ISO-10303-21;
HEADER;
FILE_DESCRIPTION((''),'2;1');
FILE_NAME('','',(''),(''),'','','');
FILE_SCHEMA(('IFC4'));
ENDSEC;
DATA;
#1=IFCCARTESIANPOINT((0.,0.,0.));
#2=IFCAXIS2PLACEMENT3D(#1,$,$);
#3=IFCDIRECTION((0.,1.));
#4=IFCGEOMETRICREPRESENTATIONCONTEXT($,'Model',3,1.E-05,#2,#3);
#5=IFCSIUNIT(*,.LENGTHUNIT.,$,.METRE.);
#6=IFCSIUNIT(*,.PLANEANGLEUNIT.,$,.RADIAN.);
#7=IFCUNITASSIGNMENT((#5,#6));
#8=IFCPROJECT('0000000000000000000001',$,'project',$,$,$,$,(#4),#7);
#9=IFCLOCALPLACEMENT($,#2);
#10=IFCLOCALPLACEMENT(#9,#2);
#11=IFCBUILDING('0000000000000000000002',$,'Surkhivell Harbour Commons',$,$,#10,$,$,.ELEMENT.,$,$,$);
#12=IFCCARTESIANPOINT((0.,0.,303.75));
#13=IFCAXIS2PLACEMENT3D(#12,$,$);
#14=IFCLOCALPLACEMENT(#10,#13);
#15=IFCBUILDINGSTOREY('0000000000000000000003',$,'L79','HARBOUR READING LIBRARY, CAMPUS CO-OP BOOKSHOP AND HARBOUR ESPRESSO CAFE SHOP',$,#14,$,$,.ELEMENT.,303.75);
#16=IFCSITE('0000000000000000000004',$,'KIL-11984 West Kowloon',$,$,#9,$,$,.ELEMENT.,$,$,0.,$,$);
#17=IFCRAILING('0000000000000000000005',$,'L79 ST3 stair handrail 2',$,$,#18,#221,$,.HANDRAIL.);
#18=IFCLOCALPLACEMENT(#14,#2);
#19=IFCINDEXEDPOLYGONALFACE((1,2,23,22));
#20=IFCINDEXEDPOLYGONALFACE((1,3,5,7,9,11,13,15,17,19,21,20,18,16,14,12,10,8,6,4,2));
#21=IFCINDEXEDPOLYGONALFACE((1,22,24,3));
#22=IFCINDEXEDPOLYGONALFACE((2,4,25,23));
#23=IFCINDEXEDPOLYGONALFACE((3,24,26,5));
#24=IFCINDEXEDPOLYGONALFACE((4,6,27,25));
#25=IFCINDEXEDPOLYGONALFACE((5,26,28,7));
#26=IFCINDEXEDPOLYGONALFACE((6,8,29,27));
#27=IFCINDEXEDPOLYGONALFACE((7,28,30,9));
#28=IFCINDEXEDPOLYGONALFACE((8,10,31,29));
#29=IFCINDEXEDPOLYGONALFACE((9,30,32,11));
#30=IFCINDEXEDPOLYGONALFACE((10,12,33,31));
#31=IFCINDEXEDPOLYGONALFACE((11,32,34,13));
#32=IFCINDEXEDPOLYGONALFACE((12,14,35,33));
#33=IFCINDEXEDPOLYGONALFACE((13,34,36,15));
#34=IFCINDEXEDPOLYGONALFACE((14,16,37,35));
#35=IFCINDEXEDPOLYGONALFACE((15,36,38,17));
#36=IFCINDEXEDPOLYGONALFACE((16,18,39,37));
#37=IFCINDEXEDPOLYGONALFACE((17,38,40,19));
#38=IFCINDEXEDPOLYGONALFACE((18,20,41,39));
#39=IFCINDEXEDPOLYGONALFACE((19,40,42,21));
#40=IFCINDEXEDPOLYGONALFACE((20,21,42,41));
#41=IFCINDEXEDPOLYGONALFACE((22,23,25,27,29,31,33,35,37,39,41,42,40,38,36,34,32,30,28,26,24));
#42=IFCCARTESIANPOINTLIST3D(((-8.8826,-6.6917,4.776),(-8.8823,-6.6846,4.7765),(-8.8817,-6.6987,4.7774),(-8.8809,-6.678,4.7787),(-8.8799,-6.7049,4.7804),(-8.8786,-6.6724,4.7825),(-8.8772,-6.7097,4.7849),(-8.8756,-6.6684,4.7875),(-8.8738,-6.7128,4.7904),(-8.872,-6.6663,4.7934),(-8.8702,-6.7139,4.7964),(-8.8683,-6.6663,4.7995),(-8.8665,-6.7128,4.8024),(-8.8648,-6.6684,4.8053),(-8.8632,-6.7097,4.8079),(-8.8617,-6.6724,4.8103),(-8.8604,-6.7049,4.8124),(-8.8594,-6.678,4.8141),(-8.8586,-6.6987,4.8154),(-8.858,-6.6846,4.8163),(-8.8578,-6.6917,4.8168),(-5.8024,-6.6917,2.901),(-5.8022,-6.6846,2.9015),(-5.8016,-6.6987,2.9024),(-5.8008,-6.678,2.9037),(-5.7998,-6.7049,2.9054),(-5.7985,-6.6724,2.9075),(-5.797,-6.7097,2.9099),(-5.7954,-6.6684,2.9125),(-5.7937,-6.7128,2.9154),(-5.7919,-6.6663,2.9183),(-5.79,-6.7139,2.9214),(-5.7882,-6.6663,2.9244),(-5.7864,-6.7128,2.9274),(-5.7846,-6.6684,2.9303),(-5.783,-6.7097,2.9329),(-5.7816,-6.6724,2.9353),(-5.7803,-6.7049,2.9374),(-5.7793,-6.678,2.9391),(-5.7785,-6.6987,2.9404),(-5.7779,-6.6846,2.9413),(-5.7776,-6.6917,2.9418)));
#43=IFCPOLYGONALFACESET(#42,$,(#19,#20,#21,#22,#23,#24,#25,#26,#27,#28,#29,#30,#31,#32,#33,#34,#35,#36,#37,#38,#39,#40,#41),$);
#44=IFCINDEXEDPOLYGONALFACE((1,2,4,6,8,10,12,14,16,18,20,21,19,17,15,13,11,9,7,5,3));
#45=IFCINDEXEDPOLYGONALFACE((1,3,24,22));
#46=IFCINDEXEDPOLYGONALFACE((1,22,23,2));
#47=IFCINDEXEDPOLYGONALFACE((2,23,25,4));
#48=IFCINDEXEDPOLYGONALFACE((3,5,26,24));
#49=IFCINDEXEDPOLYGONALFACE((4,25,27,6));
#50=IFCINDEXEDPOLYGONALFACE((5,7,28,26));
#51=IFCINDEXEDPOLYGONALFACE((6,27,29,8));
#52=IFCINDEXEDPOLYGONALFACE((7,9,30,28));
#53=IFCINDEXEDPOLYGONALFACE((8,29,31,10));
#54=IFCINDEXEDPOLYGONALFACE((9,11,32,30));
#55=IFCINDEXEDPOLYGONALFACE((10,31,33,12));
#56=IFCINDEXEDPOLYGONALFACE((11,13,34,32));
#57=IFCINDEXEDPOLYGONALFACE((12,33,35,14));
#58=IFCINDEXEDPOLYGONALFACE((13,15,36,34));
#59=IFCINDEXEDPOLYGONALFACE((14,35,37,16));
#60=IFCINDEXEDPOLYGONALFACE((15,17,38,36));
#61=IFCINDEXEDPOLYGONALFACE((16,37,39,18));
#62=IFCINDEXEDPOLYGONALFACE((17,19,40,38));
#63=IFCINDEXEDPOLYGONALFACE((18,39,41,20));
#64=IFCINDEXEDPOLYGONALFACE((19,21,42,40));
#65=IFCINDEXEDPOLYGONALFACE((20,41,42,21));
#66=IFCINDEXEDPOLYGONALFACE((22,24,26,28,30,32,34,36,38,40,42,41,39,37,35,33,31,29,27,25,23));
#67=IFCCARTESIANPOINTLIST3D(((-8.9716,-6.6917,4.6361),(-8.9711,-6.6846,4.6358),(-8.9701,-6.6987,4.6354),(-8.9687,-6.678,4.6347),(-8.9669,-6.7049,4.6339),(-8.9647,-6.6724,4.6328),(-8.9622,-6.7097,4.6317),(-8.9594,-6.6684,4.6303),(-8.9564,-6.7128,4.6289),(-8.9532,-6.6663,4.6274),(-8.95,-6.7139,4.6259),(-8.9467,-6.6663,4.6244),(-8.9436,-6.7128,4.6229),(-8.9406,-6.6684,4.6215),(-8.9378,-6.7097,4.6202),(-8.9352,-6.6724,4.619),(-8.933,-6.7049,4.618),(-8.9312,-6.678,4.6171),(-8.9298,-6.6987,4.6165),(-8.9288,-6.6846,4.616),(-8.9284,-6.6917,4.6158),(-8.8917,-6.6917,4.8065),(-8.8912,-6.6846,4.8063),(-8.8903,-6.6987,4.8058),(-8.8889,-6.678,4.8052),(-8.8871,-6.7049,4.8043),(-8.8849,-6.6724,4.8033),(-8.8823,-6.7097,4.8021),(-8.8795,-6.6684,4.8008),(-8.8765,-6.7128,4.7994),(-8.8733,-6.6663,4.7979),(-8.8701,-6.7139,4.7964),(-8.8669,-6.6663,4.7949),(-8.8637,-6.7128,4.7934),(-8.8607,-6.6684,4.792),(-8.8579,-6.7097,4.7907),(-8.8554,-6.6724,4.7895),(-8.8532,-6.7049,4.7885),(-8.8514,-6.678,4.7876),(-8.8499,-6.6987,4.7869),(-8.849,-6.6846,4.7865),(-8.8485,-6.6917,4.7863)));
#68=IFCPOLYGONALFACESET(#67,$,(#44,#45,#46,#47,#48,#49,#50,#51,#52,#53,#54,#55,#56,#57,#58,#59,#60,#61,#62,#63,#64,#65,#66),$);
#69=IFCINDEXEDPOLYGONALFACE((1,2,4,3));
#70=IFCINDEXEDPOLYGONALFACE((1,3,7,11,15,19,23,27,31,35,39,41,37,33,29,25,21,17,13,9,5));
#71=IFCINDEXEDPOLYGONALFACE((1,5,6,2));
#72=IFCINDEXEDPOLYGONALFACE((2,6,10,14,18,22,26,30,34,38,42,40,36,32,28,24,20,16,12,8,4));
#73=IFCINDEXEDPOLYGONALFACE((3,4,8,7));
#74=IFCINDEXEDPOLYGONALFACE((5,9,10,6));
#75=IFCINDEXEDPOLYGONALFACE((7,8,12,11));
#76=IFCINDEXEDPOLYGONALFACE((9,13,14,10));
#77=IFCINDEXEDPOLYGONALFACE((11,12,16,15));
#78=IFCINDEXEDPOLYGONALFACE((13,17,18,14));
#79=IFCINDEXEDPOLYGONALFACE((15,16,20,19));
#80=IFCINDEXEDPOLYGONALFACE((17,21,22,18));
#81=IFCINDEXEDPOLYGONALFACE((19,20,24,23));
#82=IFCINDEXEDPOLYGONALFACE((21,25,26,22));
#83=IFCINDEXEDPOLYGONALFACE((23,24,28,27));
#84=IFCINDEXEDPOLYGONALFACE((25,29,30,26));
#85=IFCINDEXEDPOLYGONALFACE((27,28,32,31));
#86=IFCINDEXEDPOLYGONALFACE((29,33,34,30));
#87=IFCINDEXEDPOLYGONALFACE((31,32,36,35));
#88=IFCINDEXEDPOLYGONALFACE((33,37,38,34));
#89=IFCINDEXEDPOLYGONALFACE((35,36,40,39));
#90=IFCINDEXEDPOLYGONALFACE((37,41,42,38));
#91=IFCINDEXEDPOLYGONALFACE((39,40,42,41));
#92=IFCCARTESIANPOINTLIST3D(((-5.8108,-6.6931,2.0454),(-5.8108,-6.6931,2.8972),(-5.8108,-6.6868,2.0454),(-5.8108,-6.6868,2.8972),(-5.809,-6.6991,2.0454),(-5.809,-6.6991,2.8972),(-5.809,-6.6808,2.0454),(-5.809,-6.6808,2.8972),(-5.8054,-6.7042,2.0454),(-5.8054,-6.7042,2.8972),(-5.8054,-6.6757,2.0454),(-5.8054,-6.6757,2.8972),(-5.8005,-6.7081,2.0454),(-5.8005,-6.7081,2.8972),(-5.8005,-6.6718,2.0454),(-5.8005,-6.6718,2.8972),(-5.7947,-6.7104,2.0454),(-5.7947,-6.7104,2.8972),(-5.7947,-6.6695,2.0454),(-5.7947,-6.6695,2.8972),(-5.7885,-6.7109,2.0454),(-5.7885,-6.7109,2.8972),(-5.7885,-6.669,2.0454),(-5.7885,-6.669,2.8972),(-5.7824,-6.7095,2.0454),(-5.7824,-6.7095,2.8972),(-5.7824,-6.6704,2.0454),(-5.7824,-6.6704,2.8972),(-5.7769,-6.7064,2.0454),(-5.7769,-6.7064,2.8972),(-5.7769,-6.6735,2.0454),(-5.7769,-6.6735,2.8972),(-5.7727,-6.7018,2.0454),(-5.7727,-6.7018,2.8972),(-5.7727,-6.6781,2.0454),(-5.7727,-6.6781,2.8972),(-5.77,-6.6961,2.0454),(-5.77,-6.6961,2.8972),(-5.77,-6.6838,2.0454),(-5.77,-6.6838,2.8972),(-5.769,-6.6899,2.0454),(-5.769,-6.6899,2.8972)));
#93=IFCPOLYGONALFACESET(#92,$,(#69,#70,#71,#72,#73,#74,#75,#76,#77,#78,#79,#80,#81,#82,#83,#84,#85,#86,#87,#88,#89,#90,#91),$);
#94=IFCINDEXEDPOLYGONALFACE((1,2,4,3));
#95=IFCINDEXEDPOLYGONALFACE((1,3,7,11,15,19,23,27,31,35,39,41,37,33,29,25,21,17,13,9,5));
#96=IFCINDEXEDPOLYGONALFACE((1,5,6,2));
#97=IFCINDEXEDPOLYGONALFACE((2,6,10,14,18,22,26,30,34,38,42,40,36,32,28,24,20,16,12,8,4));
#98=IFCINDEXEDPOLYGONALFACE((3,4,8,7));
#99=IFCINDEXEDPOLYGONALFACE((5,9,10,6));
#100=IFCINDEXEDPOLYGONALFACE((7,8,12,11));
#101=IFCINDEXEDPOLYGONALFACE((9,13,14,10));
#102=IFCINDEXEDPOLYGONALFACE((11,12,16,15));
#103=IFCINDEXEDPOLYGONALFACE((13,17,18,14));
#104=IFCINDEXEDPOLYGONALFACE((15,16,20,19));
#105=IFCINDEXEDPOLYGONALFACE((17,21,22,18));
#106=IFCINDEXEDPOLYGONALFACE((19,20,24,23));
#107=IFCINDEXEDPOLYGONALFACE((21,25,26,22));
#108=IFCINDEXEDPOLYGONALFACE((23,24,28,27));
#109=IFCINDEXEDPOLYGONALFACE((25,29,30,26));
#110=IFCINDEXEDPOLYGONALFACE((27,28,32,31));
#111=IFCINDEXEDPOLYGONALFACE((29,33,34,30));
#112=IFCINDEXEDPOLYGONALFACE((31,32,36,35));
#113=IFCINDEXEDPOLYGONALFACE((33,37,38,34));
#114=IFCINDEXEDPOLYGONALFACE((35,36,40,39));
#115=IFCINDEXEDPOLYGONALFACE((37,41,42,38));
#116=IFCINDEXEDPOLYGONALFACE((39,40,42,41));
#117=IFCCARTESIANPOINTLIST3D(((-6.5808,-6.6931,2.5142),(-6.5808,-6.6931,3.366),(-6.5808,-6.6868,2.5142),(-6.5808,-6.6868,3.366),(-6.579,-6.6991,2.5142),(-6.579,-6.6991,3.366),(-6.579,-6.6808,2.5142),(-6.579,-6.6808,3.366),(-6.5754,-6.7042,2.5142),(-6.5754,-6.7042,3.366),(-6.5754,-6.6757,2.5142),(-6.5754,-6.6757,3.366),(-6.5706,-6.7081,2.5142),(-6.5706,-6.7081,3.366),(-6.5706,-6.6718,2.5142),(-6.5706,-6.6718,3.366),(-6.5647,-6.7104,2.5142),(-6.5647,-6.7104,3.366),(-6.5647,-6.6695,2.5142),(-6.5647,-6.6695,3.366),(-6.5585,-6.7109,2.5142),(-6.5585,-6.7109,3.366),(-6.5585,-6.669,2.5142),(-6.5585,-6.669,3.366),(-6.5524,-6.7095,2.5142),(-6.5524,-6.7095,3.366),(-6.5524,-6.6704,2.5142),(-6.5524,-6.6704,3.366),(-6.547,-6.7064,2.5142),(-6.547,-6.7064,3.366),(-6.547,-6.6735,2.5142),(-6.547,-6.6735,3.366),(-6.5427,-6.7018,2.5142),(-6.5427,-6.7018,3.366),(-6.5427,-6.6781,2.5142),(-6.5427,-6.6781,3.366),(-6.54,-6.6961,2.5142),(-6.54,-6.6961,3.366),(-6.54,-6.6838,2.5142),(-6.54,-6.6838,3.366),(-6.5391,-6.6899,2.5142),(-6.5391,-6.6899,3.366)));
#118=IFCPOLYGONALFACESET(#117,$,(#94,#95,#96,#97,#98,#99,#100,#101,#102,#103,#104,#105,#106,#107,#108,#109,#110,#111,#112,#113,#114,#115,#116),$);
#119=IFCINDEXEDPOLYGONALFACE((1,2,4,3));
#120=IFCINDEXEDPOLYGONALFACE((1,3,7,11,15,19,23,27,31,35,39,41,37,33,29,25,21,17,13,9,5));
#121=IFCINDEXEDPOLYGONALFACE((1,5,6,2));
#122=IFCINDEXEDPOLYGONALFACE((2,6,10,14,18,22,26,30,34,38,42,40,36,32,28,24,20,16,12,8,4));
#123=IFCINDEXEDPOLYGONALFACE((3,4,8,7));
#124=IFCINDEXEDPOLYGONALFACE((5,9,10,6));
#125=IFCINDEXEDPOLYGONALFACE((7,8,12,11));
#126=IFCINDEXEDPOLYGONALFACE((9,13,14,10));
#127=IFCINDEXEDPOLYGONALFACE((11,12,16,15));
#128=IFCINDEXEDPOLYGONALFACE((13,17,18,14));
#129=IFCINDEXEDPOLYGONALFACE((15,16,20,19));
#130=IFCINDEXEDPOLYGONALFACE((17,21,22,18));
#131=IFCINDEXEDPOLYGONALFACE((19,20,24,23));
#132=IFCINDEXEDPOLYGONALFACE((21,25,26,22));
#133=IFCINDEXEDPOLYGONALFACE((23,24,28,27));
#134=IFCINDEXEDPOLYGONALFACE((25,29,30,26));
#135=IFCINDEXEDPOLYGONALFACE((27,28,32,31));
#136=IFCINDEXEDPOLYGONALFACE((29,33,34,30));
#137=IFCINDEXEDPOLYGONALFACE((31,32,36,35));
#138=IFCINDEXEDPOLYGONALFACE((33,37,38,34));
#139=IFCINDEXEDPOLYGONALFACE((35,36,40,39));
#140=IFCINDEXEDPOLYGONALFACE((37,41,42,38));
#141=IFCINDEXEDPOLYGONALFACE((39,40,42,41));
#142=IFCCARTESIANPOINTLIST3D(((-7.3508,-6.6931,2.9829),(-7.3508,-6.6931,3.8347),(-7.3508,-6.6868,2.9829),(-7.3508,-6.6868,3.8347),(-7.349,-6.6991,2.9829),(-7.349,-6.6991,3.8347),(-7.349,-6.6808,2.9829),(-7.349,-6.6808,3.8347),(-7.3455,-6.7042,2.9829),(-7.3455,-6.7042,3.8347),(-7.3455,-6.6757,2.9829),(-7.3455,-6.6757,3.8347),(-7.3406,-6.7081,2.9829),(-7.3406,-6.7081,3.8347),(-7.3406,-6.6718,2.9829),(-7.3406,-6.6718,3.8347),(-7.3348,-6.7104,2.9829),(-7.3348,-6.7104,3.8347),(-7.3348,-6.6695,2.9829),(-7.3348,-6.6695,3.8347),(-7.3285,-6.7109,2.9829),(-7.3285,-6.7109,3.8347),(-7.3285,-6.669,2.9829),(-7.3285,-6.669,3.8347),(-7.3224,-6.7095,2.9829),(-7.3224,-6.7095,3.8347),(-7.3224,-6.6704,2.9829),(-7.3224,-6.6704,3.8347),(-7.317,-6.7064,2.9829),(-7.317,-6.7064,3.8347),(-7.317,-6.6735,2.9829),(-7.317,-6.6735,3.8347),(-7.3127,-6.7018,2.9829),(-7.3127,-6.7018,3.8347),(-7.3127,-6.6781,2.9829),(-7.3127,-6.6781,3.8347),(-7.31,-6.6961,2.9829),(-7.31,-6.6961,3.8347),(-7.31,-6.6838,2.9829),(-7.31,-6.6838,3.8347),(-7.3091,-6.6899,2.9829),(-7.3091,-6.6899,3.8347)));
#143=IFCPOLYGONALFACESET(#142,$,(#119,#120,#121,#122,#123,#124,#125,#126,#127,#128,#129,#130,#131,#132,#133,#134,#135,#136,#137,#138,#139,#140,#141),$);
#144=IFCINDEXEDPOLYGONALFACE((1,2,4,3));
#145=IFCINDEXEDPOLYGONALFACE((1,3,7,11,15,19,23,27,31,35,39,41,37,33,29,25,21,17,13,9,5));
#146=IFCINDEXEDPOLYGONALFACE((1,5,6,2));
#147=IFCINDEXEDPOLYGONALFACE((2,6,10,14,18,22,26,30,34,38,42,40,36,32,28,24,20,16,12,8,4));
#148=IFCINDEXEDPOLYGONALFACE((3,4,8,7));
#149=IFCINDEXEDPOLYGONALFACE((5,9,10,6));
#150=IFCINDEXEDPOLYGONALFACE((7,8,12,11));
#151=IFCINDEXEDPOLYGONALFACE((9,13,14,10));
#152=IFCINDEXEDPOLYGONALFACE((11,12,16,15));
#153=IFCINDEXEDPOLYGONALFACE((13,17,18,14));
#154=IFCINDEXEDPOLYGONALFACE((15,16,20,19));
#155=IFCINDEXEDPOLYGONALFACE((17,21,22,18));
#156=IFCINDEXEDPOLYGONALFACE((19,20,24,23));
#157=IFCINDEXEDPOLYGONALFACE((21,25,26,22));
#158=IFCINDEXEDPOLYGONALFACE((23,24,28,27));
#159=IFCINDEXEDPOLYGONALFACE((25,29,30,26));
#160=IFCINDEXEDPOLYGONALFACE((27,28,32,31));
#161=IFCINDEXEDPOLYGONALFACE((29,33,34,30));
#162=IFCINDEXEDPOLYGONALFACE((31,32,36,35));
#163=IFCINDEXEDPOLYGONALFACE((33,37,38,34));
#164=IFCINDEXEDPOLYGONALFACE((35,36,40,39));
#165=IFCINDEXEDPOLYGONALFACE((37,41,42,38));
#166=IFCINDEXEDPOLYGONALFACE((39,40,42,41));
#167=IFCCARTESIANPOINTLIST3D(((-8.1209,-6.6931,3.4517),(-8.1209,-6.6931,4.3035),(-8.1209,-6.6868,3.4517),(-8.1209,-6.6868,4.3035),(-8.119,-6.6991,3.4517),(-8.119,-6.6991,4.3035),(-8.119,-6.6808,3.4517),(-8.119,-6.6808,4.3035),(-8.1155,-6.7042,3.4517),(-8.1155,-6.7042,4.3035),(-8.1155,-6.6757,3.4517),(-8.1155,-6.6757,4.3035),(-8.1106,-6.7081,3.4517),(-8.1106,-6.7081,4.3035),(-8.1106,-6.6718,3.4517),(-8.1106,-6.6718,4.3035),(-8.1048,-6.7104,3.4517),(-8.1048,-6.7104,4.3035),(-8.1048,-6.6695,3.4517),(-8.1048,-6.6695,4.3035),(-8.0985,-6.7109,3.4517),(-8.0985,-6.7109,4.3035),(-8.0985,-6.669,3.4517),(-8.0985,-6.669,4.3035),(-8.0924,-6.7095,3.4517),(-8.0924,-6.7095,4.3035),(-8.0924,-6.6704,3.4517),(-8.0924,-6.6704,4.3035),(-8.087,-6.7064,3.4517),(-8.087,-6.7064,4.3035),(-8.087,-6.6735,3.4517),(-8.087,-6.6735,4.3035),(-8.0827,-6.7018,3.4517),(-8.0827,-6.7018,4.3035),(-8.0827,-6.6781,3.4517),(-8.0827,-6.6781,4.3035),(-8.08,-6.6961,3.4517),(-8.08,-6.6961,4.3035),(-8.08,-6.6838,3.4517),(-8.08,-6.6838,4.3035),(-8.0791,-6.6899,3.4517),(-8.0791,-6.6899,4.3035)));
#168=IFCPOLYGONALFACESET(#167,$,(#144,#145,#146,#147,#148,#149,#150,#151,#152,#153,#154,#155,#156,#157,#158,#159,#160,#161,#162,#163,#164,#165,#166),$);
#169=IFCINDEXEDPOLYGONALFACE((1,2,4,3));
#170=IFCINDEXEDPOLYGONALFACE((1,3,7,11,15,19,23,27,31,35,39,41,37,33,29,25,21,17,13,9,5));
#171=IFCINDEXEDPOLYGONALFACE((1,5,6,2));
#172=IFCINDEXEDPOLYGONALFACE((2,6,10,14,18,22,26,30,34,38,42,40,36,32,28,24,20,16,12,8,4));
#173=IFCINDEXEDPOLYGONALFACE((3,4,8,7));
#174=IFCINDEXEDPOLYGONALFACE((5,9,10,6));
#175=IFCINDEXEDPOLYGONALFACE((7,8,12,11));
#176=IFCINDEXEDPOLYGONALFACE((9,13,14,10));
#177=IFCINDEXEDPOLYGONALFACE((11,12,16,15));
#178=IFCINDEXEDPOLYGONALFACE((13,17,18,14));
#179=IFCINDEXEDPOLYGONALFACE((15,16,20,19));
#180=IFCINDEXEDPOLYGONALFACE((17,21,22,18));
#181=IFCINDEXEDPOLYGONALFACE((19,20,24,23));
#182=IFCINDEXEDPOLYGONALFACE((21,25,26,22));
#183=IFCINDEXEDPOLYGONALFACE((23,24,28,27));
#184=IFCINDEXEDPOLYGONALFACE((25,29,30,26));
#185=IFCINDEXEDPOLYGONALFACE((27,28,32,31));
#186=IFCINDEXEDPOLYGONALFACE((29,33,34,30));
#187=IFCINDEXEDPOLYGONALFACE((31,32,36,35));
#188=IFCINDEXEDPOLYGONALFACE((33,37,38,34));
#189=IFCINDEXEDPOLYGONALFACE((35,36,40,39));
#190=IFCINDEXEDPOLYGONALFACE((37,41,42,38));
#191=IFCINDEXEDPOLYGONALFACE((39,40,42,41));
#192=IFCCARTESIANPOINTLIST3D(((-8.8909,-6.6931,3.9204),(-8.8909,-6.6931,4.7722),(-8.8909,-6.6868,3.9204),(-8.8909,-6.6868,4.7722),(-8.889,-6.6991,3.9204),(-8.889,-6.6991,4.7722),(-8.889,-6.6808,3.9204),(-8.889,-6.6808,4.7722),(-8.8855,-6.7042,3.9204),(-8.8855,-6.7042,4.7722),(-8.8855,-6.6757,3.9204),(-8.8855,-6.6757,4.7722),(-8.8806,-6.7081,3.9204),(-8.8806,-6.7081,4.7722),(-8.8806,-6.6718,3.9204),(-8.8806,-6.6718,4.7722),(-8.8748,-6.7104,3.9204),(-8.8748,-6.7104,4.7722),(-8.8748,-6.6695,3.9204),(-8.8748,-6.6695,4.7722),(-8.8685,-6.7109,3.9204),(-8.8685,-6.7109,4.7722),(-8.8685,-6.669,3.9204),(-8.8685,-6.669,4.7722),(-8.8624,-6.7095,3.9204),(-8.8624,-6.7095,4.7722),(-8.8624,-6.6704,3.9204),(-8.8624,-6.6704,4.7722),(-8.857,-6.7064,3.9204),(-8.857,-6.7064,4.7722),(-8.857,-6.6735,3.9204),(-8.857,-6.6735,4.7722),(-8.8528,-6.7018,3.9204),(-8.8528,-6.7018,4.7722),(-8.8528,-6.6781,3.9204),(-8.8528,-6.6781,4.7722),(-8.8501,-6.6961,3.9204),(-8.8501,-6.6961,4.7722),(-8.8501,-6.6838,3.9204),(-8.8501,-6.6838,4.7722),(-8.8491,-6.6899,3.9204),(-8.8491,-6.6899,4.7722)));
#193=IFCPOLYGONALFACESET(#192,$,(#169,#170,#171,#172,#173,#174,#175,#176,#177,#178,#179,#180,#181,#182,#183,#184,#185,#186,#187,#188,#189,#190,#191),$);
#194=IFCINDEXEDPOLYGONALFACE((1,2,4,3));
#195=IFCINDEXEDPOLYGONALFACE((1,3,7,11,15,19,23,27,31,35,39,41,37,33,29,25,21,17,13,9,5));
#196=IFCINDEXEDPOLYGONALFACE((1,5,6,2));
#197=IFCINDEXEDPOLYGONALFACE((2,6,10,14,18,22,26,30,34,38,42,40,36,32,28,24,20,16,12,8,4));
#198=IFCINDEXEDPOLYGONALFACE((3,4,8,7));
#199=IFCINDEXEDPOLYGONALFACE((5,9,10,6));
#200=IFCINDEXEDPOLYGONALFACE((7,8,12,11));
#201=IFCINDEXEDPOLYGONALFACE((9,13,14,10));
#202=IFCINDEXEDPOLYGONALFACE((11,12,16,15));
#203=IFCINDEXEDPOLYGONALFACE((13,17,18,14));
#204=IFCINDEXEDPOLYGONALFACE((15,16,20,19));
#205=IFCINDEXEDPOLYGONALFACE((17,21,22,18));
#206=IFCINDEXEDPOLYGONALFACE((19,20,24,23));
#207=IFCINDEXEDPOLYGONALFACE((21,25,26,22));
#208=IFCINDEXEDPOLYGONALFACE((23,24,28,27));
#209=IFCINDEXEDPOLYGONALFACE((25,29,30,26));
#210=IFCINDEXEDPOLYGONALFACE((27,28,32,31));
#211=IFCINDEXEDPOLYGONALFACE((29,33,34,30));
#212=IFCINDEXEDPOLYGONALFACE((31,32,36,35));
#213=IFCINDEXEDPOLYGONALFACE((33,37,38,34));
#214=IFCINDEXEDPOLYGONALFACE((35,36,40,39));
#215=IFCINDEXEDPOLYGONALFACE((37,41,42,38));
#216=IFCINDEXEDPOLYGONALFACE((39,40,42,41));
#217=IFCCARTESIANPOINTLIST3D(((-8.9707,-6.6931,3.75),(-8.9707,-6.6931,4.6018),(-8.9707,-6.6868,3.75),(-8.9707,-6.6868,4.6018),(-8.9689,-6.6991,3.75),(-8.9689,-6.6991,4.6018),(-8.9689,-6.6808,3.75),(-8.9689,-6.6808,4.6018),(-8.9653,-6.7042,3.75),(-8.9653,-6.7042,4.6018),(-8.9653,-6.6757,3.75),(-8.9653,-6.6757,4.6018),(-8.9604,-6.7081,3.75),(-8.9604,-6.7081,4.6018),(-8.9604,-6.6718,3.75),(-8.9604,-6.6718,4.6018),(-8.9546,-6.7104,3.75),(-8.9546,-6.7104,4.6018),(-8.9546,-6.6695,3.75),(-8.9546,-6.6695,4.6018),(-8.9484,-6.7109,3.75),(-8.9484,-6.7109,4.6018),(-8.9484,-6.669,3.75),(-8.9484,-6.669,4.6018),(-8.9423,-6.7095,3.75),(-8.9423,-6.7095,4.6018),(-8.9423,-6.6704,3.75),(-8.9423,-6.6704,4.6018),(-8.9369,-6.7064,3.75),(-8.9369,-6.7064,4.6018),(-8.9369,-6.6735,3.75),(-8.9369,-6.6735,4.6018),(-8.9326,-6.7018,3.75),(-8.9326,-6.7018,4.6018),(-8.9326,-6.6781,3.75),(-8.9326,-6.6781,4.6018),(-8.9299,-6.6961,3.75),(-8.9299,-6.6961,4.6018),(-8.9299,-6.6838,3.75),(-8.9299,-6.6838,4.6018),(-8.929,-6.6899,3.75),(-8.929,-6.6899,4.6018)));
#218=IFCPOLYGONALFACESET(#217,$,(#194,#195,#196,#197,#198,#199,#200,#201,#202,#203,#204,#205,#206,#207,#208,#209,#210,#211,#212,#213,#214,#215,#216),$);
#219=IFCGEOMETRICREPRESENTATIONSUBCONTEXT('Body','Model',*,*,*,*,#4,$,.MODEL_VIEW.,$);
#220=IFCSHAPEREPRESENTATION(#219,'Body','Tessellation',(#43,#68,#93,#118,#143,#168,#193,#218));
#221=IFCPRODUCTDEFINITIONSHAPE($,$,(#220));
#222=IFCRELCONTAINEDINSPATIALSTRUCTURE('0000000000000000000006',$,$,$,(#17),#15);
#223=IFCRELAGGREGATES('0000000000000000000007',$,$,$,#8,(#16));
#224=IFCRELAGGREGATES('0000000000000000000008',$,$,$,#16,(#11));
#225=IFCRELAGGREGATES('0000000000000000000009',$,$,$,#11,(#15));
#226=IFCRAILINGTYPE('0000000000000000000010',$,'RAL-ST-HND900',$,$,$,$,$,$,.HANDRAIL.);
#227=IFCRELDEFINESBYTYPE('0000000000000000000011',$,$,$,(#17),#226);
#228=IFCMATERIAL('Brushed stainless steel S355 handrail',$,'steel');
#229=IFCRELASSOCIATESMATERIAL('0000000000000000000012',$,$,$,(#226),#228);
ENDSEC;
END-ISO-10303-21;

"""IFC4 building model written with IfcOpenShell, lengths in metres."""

from ifc_helpers import new_model, si_unit, direction, frame, origin, origin_2d, place, context, subcontext, project, spatial, circle, extrude, material, type_object, element, save


model = new_model("IFC4")

# Units and contexts
model_context = context("Model", 3, precision=1e-05, world=origin(), true_north=direction((0.0, 1.0)))
body_context = subcontext(model_context, "Body", "Model", "MODEL_VIEW")
ifc_project = project(units=[si_unit("LENGTHUNIT", "METRE"), si_unit("PLANEANGLEUNIT", "RADIAN")], contexts=[model_context])

# Site, building, storey
site_placement = place(None, origin())
site = spatial("IfcSite", under=ifc_project, at=site_placement, Name="KIL-11984 West Kowloon", CompositionType="ELEMENT", RefElevation=0.0)
building_placement = place(site_placement, origin())
building = spatial("IfcBuilding", under=site, at=building_placement, Name="Surkhivell Harbour Commons", CompositionType="ELEMENT")
storey_placement = place(building_placement, frame((0.0, 0.0, 303.75)))
storey = spatial("IfcBuildingStorey", under=building, at=storey_placement, Name="L79", Description="HARBOUR READING LIBRARY, CAMPUS CO-OP BOOKSHOP AND HARBOUR ESPRESSO CAFE SHOP", CompositionType="ELEMENT", Elevation=303.75)

# Railing
ifc_material_1 = material(Name="Brushed stainless steel S355 handrail", Category="steel")
railing_type_1 = type_object("IfcRailingType", Name="RAL-ST-HND900", PredefinedType="HANDRAIL", material=ifc_material_1)
railing_1_placement = place(storey_placement, frame((-5.79, -6.6899, 2.0454)))
element("IfcRailing", 1, at=railing_1_placement, inside=storey, type_object=railing_type_1, Name="L79 ST3 stair handrail 2", PredefinedType="HANDRAIL", context=body_context, shape_type="SweptSolid", body=[
    extrude(circle(Radius=0.0239, at=origin_2d()), frame((0.0, 0.0, 0.876), z_axis=(-0.854178, 0.0, 0.519981), x_axis=(0.0, -1.0, 0.0)), (0.0, 0.0, 1.0), 3.606),
    extrude(circle(Radius=0.0239, at=origin_2d()), frame((-3.0801, 0.0, 2.751), z_axis=(-0.424234, 0.0, -0.905552), x_axis=(0.0, -1.0, 0.0)), (0.0, 0.0, 1.0), 0.1882),
    extrude(circle(Radius=0.021, at=origin_2d()), origin(), (0.0, 0.0, 1.0), 0.8518),
    extrude(circle(Radius=0.021, at=origin_2d()), frame((-0.77, 0.0, 0.4688)), (0.0, 0.0, 1.0), 0.8518),
    extrude(circle(Radius=0.021, at=origin_2d()), frame((-1.54, 0.0, 0.9375)), (0.0, 0.0, 1.0), 0.8518),
    extrude(circle(Radius=0.021, at=origin_2d()), frame((-2.3101, 0.0, 1.4062)), (0.0, 0.0, 1.0), 0.8518),
    extrude(circle(Radius=0.021, at=origin_2d()), frame((-3.0801, 0.0, 1.875)), (0.0, 0.0, 1.0), 0.8518),
    extrude(circle(Radius=0.021, at=origin_2d()), frame((-3.1599, 0.0, 1.7046)), (0.0, 0.0, 1.0), 0.8518),
])

save(model, "model.ifc")
